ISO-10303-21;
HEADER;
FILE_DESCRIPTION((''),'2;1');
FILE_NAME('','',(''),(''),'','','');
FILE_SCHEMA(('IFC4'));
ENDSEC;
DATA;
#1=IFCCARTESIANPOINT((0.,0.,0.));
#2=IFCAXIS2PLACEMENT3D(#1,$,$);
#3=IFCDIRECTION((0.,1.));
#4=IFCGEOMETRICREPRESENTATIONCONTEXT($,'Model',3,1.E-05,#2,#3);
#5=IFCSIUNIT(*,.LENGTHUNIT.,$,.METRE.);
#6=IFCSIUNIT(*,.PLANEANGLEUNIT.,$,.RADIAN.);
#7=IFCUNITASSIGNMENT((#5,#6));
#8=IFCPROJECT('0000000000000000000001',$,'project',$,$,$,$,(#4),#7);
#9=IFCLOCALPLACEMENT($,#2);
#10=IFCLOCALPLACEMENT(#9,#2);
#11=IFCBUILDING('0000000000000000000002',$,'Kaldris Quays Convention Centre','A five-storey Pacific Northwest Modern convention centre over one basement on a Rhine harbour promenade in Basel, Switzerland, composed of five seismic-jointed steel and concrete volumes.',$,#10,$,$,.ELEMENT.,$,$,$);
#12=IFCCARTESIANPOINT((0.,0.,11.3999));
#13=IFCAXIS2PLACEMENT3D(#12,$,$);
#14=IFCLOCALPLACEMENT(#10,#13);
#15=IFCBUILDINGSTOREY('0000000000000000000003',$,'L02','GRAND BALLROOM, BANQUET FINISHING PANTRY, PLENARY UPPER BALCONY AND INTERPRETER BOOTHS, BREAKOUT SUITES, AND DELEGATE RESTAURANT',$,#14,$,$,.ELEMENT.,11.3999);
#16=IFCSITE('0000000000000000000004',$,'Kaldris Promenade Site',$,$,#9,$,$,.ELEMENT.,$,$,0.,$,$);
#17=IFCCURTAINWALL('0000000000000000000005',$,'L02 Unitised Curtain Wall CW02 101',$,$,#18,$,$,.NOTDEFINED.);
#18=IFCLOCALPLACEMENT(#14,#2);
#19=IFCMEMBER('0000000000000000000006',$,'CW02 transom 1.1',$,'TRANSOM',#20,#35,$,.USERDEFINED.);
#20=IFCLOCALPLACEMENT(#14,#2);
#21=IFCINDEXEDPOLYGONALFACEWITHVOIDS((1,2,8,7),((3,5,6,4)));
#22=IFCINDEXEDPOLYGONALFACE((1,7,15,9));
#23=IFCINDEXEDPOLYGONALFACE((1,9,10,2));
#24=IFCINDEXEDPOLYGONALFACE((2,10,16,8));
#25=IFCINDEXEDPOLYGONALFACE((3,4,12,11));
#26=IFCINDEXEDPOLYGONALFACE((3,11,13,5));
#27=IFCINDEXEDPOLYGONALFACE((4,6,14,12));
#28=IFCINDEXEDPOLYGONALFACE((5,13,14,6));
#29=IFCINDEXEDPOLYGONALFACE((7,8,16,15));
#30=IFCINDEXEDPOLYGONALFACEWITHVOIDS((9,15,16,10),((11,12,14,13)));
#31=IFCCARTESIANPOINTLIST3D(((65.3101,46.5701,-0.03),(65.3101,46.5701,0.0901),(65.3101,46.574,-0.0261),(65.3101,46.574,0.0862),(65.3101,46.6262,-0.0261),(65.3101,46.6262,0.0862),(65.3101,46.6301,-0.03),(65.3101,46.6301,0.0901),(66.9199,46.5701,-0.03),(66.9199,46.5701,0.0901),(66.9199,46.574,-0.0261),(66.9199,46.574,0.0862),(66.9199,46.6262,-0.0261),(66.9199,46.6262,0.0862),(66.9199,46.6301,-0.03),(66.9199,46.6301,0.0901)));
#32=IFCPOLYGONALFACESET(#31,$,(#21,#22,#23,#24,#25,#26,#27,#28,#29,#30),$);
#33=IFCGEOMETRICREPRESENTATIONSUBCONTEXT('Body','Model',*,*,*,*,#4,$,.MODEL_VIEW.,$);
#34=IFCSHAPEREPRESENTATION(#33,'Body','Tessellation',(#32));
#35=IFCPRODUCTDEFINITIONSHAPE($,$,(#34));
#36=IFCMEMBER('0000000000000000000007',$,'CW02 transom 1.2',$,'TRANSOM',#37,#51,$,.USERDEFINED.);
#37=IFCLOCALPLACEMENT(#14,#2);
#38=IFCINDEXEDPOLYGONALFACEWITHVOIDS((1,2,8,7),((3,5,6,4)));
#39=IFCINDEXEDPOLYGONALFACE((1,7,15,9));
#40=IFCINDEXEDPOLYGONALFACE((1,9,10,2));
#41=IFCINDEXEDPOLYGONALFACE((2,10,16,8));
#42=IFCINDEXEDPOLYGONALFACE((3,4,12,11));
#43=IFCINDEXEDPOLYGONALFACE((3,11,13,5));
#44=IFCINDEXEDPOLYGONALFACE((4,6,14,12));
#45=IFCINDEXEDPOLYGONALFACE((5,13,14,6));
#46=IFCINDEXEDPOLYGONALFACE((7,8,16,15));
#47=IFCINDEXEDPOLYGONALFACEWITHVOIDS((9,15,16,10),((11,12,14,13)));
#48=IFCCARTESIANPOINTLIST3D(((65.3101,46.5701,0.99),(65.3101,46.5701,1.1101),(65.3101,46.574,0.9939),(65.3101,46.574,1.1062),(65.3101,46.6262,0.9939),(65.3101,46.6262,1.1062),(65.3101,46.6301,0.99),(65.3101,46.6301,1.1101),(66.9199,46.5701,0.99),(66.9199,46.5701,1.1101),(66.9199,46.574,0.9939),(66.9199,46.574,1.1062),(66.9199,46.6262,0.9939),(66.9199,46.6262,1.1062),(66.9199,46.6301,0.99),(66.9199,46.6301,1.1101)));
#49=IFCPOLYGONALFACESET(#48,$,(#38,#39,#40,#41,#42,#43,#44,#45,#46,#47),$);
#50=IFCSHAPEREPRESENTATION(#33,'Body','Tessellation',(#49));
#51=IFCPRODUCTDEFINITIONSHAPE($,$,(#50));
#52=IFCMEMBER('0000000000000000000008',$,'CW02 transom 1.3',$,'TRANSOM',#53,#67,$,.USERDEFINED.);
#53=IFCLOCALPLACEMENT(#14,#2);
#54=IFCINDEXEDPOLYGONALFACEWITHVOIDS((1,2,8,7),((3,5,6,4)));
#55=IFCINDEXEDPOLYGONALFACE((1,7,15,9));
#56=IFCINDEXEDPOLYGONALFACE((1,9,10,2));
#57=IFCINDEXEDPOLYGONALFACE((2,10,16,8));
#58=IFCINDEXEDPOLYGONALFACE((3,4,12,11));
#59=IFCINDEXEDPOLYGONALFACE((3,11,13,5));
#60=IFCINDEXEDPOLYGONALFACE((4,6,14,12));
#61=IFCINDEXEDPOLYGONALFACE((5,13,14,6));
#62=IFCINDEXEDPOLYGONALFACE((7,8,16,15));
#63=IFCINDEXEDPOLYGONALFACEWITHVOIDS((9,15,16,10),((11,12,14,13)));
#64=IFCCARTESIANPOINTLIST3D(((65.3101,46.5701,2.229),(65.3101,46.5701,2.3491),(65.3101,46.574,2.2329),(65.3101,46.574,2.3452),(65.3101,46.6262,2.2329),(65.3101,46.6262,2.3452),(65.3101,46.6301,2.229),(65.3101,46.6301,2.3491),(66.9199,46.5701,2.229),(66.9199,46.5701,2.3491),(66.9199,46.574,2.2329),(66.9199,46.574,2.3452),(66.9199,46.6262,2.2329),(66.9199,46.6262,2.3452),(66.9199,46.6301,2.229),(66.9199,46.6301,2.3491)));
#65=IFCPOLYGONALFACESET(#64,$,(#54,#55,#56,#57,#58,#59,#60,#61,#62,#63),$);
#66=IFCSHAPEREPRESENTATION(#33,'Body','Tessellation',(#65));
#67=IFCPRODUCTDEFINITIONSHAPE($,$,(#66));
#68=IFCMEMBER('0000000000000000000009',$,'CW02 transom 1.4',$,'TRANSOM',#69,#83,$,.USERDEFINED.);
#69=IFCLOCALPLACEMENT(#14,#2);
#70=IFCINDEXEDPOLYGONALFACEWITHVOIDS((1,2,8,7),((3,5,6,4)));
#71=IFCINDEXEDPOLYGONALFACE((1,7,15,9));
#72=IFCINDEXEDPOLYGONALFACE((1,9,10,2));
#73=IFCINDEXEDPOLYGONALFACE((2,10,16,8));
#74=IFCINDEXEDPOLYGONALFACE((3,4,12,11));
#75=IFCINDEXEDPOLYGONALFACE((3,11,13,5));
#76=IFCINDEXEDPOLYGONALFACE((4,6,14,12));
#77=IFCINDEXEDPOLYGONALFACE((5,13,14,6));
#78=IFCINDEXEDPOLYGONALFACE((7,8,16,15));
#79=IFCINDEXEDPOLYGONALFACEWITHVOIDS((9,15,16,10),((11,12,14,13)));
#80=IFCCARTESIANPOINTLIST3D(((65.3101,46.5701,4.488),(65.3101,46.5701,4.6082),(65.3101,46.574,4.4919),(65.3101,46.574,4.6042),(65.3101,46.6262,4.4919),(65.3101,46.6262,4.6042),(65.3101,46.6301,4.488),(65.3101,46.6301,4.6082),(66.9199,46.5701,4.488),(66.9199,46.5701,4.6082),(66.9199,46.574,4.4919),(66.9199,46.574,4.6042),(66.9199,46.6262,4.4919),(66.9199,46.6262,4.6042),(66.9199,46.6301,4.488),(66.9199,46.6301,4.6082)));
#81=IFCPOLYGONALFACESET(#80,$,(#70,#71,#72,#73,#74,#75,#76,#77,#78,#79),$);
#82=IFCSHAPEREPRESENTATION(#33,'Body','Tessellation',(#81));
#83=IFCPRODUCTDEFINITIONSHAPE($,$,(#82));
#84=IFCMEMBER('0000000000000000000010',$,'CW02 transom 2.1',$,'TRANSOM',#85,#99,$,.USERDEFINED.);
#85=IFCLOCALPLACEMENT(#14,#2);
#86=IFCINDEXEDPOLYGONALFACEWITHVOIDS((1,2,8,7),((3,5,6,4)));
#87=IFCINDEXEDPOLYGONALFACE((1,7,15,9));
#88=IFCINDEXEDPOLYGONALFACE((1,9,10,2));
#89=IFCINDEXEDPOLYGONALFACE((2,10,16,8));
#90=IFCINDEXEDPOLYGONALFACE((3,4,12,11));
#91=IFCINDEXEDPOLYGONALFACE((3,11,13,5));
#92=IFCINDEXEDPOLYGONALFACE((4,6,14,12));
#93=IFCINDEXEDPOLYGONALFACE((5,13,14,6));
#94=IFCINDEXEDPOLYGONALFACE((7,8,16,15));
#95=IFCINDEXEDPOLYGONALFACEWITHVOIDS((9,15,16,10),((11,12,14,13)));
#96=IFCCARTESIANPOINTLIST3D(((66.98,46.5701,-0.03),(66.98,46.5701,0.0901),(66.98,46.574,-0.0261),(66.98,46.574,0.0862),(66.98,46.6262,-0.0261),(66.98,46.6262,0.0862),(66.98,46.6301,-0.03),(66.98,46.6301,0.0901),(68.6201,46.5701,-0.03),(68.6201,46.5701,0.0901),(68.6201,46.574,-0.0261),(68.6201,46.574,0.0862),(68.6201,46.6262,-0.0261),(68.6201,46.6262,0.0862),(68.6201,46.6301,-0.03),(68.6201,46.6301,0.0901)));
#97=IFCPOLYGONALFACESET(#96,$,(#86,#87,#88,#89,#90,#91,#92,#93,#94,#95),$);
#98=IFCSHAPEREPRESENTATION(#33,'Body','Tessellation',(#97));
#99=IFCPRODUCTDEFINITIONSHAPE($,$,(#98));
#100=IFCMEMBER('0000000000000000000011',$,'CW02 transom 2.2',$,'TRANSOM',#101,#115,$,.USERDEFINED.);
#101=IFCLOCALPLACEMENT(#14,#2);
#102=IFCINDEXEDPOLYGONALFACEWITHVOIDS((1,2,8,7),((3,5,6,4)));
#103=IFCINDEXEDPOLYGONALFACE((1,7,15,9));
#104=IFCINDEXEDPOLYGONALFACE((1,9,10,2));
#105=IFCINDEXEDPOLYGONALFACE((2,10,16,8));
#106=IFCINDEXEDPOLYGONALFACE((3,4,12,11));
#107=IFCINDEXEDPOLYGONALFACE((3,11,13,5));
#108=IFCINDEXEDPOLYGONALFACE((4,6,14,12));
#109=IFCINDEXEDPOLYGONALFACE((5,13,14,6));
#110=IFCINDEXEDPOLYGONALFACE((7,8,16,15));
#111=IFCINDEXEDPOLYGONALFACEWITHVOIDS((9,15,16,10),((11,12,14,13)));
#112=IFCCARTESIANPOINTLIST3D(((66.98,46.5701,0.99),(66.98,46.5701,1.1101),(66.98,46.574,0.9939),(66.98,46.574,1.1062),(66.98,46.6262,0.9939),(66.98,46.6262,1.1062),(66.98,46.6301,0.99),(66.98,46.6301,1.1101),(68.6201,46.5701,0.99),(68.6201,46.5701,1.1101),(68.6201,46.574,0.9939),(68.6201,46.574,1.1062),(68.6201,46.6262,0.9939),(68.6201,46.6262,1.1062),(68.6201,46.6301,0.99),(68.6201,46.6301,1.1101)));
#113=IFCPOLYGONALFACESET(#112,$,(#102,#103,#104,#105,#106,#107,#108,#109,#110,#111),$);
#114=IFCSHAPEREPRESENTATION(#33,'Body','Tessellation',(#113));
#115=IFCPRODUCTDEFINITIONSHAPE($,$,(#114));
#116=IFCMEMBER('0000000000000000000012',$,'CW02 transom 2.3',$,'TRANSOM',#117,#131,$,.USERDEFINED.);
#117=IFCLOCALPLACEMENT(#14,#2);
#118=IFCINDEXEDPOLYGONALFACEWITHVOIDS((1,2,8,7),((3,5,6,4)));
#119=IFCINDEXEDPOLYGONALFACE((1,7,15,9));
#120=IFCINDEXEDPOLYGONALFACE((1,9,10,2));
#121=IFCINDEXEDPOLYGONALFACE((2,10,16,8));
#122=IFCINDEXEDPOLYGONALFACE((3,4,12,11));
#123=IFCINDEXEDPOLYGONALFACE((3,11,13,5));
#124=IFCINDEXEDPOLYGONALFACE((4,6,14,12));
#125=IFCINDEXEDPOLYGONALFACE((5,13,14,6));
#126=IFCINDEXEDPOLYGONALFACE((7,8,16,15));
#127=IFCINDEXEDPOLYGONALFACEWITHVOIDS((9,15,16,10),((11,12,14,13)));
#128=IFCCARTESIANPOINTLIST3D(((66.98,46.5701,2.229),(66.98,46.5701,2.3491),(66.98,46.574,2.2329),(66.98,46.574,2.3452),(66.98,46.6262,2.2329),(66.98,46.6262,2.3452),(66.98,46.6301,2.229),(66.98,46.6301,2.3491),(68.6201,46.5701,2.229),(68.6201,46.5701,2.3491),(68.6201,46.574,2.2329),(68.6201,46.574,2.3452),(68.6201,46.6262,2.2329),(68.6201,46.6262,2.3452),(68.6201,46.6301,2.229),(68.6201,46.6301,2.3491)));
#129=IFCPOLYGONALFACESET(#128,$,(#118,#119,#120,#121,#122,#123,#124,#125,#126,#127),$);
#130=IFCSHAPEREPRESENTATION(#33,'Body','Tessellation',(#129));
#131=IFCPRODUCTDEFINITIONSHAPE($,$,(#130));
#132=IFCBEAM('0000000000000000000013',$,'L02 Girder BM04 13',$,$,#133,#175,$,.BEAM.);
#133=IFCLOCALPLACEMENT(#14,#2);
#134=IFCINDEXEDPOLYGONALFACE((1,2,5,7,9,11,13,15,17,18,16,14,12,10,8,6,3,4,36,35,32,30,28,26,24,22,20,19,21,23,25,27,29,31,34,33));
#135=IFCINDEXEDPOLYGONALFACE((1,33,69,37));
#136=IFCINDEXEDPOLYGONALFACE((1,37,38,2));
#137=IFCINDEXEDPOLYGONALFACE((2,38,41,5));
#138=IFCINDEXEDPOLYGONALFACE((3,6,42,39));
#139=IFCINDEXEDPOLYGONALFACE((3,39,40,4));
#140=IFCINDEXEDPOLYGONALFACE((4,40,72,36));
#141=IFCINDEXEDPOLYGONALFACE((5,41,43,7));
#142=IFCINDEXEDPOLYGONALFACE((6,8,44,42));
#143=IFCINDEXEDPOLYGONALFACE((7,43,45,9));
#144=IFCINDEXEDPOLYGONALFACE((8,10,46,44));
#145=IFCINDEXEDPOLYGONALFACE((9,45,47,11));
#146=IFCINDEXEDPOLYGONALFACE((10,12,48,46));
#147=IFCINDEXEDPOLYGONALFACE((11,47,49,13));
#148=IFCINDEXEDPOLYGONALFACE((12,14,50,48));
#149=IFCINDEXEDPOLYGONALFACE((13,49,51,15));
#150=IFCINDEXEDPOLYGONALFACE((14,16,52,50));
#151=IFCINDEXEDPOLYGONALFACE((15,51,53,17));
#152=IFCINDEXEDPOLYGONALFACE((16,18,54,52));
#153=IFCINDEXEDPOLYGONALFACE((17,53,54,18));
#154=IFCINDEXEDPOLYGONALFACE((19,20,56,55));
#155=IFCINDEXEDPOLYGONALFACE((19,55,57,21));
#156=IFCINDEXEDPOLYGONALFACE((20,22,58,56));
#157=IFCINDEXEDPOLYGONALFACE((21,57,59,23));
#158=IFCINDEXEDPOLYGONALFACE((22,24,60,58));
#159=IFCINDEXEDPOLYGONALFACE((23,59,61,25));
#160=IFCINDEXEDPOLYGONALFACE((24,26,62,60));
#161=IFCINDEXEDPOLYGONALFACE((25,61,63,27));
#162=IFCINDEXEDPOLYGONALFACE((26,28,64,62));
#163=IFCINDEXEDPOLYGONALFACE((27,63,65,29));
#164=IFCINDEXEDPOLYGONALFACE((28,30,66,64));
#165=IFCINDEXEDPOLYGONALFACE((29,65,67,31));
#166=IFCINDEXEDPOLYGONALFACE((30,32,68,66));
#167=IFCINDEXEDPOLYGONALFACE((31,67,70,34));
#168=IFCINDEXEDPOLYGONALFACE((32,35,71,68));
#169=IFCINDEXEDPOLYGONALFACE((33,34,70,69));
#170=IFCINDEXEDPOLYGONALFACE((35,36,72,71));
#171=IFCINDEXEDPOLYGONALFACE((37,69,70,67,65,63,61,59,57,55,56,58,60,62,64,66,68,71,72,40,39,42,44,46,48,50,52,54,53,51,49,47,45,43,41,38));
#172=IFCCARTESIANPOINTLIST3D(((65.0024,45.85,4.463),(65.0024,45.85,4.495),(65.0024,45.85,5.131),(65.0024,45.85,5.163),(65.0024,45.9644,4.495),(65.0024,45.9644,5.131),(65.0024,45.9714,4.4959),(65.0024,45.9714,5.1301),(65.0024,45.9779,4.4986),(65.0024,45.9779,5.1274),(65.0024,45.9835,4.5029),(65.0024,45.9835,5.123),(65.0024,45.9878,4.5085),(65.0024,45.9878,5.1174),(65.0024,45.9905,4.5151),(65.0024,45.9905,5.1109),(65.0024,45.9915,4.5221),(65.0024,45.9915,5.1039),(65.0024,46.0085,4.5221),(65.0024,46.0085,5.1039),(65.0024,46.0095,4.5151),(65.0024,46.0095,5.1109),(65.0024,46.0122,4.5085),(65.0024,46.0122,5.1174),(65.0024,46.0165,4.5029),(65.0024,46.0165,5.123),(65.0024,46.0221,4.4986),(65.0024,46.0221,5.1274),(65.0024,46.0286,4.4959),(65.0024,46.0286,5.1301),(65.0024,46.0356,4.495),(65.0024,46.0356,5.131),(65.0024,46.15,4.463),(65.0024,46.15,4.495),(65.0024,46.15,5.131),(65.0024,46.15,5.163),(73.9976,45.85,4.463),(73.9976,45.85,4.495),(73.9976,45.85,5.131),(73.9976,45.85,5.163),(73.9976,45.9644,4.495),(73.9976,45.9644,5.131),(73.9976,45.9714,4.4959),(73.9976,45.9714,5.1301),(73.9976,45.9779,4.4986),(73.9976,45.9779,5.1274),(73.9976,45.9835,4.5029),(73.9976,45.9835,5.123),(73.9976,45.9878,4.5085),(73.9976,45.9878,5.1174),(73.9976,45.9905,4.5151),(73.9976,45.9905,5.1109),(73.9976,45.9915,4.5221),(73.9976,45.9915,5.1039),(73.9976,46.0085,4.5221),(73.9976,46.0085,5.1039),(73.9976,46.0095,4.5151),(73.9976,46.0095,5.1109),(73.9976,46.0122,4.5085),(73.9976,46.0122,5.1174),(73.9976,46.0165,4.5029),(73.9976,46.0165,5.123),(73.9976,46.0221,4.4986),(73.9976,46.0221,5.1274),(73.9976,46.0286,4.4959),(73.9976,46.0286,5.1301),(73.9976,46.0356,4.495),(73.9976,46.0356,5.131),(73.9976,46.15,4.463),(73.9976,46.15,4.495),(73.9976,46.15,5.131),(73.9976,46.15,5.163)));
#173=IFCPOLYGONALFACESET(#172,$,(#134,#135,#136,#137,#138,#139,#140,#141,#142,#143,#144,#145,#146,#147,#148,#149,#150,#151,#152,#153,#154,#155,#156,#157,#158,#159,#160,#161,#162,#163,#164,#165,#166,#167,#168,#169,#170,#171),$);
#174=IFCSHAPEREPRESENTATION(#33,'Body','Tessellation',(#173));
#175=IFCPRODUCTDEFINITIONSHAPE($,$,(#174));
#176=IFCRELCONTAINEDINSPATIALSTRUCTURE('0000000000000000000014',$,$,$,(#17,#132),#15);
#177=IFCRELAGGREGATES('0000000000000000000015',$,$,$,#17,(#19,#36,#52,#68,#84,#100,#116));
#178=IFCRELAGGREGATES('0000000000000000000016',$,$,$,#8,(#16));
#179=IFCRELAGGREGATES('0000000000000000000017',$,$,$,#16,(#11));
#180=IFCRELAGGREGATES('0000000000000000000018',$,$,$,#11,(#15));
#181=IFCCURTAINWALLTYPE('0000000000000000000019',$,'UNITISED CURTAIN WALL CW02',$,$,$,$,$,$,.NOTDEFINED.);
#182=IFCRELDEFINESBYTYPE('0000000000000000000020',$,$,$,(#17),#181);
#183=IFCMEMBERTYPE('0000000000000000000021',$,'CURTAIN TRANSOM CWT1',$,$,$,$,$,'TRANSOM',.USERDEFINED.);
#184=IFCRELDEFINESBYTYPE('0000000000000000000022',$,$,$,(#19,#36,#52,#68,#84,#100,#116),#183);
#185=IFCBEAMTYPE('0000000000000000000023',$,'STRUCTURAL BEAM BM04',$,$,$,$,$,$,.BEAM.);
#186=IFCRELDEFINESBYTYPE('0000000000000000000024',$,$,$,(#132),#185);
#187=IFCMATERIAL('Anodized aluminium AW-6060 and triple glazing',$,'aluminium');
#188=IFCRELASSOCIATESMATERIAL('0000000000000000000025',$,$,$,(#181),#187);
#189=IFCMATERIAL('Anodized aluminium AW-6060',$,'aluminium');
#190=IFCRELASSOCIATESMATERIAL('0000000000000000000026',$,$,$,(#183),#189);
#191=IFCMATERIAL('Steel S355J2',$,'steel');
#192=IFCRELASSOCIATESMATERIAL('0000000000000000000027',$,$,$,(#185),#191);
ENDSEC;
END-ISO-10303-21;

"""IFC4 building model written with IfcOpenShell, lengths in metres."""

from ifc_helpers import new_model, si_unit, direction, frame, origin, origin_2d, place, context, subcontext, project, spatial, hollow_rectangle, i_section, extrude, material, material_profile, profile_set, type_object, element, aggregate, save


model = new_model("IFC4")

# Units and contexts
model_context = context("Model", 3, precision=1e-05, world=origin(), true_north=direction((0.0, 1.0)))
body_context = subcontext(model_context, "Body", "Model", "MODEL_VIEW")
ifc_project = project(units=[si_unit("LENGTHUNIT", "METRE"), si_unit("PLANEANGLEUNIT", "RADIAN")], contexts=[model_context])

# Site, building, storey
site_placement = place(None, origin())
site = spatial("IfcSite", under=ifc_project, at=site_placement, Name="Kaldris Promenade Site", CompositionType="ELEMENT", RefElevation=0.0)
building_placement = place(site_placement, origin())
building = spatial("IfcBuilding", under=site, at=building_placement, Name="Kaldris Quays Convention Centre", Description="A five-storey Pacific Northwest Modern convention centre over one basement on a Rhine harbour promenade in Basel, Switzerland, composed of five seismic-jointed steel and concrete volumes.", CompositionType="ELEMENT")
storey_placement = place(building_placement, frame((0.0, 0.0, 11.3999)))
storey = spatial("IfcBuildingStorey", under=building, at=storey_placement, Name="L02", Description="GRAND BALLROOM, BANQUET FINISHING PANTRY, PLENARY UPPER BALCONY AND INTERPRETER BOOTHS, BREAKOUT SUITES, AND DELEGATE RESTAURANT", CompositionType="ELEMENT", Elevation=11.3999)

# Shared definitions
ifc_material_1 = material(Name="Steel S355J2", Category="steel")

# Curtain wall
ifc_material_2 = material(Name="Anodized aluminium AW-6060 and triple glazing", Category="aluminium")
curtain_wall_type = type_object("IfcCurtainWallType", Name="UNITISED CURTAIN WALL CW02", PredefinedType="NOTDEFINED", material=ifc_material_2)
ifc_material_3 = material(Name="Anodized aluminium AW-6060", Category="aluminium")
curtain_wall_1_placement = place(storey_placement, origin())
curtain_wall_1 = element("IfcCurtainWall", 1, at=curtain_wall_1_placement, inside=storey, type_object=curtain_wall_type, Name="L02 Unitised Curtain Wall CW02 101", PredefinedType="NOTDEFINED")

# Members
ifc_material_profile_1 = material_profile(ifc_material_3, hollow_rectangle(XDim=0.0601, YDim=0.1201, WallThickness=0.0039, at=origin_2d()), Name="RHS 120x60x4")
ifc_profile_set_1 = profile_set([ifc_material_profile_1], Name="Anodized aluminium AW-6060")
member_type_1 = type_object("IfcMemberType", Name="CURTAIN TRANSOM CWT1", ElementType="TRANSOM", PredefinedType="USERDEFINED", material=ifc_profile_set_1)
member_1_placement = place(storey_placement, frame((65.3101, 46.6001, 0.03), z_axis=(1.0, 0.0, 0.0), x_axis=(0.0, 1.0, 0.0)))
member_1 = element("IfcMember", 2, at=member_1_placement, type_object=member_type_1, Name="CW02 transom 1.1", ObjectType="TRANSOM", PredefinedType="USERDEFINED", context=body_context, shape_type="SweptSolid", body=[
    extrude(hollow_rectangle(XDim=0.0601, YDim=0.1201, WallThickness=0.0039, at=origin_2d()), origin(), (0.0, 0.0, 1.0), 1.6099),
])
member_2_placement = place(storey_placement, frame((65.3101, 46.6001, 1.05), z_axis=(1.0, 0.0, 0.0), x_axis=(0.0, 1.0, 0.0)))
member_2 = element("IfcMember", 3, at=member_2_placement, type_object=member_type_1, Name="CW02 transom 1.2", ObjectType="TRANSOM", PredefinedType="USERDEFINED", context=body_context, shape_type="SweptSolid", body=[
    extrude(hollow_rectangle(XDim=0.0601, YDim=0.1201, WallThickness=0.0039, at=origin_2d()), origin(), (0.0, 0.0, 1.0), 1.6099),
])
member_3_placement = place(storey_placement, frame((65.3101, 46.6001, 2.2891), z_axis=(1.0, 0.0, 0.0), x_axis=(0.0, 1.0, 0.0)))
member_3 = element("IfcMember", 4, at=member_3_placement, type_object=member_type_1, Name="CW02 transom 1.3", ObjectType="TRANSOM", PredefinedType="USERDEFINED", context=body_context, shape_type="SweptSolid", body=[
    extrude(hollow_rectangle(XDim=0.0601, YDim=0.1201, WallThickness=0.0039, at=origin_2d()), origin(), (0.0, 0.0, 1.0), 1.6099),
])
member_4_placement = place(storey_placement, frame((65.3101, 46.6001, 4.5481), z_axis=(1.0, 0.0, 0.0), x_axis=(0.0, 1.0, 0.0)))
member_4 = element("IfcMember", 5, at=member_4_placement, type_object=member_type_1, Name="CW02 transom 1.4", ObjectType="TRANSOM", PredefinedType="USERDEFINED", context=body_context, shape_type="SweptSolid", body=[
    extrude(hollow_rectangle(XDim=0.0601, YDim=0.1201, WallThickness=0.0039, at=origin_2d()), origin(), (0.0, 0.0, 1.0), 1.6099),
])
member_5_placement = place(storey_placement, frame((66.98, 46.6001, 0.03), z_axis=(1.0, 0.0, 0.0), x_axis=(0.0, 1.0, 0.0)))
member_5 = element("IfcMember", 6, at=member_5_placement, type_object=member_type_1, Name="CW02 transom 2.1", ObjectType="TRANSOM", PredefinedType="USERDEFINED", context=body_context, shape_type="SweptSolid", body=[
    extrude(hollow_rectangle(XDim=0.0601, YDim=0.1201, WallThickness=0.0039, at=origin_2d()), origin(), (0.0, 0.0, 1.0), 1.6401),
])
member_6_placement = place(storey_placement, frame((66.98, 46.6001, 1.05), z_axis=(1.0, 0.0, 0.0), x_axis=(0.0, 1.0, 0.0)))
member_6 = element("IfcMember", 7, at=member_6_placement, type_object=member_type_1, Name="CW02 transom 2.2", ObjectType="TRANSOM", PredefinedType="USERDEFINED", context=body_context, shape_type="SweptSolid", body=[
    extrude(hollow_rectangle(XDim=0.0601, YDim=0.1201, WallThickness=0.0039, at=origin_2d()), origin(), (0.0, 0.0, 1.0), 1.6401),
])
member_7_placement = place(storey_placement, frame((66.98, 46.6001, 2.2891), z_axis=(1.0, 0.0, 0.0), x_axis=(0.0, 1.0, 0.0)))
member_7 = element("IfcMember", 8, at=member_7_placement, type_object=member_type_1, Name="CW02 transom 2.3", ObjectType="TRANSOM", PredefinedType="USERDEFINED", context=body_context, shape_type="SweptSolid", body=[
    extrude(hollow_rectangle(XDim=0.0601, YDim=0.1201, WallThickness=0.0039, at=origin_2d()), origin(), (0.0, 0.0, 1.0), 1.6401),
])

# Beam
ifc_material_profile_2 = material_profile(ifc_material_1, i_section(OverallWidth=0.3, OverallDepth=0.7, WebThickness=0.0171, FlangeThickness=0.032, FilletRadius=0.0271, at=origin_2d()), Name="HEB 700")
ifc_profile_set_2 = profile_set([ifc_material_profile_2], Name="Steel S355J2")
beam_type_1 = type_object("IfcBeamType", Name="STRUCTURAL BEAM BM04", PredefinedType="BEAM", material=ifc_profile_set_2)
for number, where, z_axis, x_axis, name in (
    (9, (65.0024, 46.0, 4.813), (1.0, 0.0, 0.0), (0.0, 1.0, 0.0), "L02 Girder BM04 13"),
):
    element("IfcBeam", number, at=place(storey_placement, frame(where, z_axis=z_axis, x_axis=x_axis)), inside=storey, type_object=beam_type_1, Name=name, PredefinedType="BEAM", context=body_context, shape_type="SweptSolid", body=[
        extrude(i_section(OverallWidth=0.3, OverallDepth=0.7, WebThickness=0.0171, FlangeThickness=0.032, FilletRadius=0.0271, at=origin_2d()), origin(), (0.0, 0.0, 1.0), 8.9951),
    ])

aggregate(curtain_wall_1, [member_1, member_2, member_3, member_4, member_5, member_6, member_7])

save(model, "model.ifc")
